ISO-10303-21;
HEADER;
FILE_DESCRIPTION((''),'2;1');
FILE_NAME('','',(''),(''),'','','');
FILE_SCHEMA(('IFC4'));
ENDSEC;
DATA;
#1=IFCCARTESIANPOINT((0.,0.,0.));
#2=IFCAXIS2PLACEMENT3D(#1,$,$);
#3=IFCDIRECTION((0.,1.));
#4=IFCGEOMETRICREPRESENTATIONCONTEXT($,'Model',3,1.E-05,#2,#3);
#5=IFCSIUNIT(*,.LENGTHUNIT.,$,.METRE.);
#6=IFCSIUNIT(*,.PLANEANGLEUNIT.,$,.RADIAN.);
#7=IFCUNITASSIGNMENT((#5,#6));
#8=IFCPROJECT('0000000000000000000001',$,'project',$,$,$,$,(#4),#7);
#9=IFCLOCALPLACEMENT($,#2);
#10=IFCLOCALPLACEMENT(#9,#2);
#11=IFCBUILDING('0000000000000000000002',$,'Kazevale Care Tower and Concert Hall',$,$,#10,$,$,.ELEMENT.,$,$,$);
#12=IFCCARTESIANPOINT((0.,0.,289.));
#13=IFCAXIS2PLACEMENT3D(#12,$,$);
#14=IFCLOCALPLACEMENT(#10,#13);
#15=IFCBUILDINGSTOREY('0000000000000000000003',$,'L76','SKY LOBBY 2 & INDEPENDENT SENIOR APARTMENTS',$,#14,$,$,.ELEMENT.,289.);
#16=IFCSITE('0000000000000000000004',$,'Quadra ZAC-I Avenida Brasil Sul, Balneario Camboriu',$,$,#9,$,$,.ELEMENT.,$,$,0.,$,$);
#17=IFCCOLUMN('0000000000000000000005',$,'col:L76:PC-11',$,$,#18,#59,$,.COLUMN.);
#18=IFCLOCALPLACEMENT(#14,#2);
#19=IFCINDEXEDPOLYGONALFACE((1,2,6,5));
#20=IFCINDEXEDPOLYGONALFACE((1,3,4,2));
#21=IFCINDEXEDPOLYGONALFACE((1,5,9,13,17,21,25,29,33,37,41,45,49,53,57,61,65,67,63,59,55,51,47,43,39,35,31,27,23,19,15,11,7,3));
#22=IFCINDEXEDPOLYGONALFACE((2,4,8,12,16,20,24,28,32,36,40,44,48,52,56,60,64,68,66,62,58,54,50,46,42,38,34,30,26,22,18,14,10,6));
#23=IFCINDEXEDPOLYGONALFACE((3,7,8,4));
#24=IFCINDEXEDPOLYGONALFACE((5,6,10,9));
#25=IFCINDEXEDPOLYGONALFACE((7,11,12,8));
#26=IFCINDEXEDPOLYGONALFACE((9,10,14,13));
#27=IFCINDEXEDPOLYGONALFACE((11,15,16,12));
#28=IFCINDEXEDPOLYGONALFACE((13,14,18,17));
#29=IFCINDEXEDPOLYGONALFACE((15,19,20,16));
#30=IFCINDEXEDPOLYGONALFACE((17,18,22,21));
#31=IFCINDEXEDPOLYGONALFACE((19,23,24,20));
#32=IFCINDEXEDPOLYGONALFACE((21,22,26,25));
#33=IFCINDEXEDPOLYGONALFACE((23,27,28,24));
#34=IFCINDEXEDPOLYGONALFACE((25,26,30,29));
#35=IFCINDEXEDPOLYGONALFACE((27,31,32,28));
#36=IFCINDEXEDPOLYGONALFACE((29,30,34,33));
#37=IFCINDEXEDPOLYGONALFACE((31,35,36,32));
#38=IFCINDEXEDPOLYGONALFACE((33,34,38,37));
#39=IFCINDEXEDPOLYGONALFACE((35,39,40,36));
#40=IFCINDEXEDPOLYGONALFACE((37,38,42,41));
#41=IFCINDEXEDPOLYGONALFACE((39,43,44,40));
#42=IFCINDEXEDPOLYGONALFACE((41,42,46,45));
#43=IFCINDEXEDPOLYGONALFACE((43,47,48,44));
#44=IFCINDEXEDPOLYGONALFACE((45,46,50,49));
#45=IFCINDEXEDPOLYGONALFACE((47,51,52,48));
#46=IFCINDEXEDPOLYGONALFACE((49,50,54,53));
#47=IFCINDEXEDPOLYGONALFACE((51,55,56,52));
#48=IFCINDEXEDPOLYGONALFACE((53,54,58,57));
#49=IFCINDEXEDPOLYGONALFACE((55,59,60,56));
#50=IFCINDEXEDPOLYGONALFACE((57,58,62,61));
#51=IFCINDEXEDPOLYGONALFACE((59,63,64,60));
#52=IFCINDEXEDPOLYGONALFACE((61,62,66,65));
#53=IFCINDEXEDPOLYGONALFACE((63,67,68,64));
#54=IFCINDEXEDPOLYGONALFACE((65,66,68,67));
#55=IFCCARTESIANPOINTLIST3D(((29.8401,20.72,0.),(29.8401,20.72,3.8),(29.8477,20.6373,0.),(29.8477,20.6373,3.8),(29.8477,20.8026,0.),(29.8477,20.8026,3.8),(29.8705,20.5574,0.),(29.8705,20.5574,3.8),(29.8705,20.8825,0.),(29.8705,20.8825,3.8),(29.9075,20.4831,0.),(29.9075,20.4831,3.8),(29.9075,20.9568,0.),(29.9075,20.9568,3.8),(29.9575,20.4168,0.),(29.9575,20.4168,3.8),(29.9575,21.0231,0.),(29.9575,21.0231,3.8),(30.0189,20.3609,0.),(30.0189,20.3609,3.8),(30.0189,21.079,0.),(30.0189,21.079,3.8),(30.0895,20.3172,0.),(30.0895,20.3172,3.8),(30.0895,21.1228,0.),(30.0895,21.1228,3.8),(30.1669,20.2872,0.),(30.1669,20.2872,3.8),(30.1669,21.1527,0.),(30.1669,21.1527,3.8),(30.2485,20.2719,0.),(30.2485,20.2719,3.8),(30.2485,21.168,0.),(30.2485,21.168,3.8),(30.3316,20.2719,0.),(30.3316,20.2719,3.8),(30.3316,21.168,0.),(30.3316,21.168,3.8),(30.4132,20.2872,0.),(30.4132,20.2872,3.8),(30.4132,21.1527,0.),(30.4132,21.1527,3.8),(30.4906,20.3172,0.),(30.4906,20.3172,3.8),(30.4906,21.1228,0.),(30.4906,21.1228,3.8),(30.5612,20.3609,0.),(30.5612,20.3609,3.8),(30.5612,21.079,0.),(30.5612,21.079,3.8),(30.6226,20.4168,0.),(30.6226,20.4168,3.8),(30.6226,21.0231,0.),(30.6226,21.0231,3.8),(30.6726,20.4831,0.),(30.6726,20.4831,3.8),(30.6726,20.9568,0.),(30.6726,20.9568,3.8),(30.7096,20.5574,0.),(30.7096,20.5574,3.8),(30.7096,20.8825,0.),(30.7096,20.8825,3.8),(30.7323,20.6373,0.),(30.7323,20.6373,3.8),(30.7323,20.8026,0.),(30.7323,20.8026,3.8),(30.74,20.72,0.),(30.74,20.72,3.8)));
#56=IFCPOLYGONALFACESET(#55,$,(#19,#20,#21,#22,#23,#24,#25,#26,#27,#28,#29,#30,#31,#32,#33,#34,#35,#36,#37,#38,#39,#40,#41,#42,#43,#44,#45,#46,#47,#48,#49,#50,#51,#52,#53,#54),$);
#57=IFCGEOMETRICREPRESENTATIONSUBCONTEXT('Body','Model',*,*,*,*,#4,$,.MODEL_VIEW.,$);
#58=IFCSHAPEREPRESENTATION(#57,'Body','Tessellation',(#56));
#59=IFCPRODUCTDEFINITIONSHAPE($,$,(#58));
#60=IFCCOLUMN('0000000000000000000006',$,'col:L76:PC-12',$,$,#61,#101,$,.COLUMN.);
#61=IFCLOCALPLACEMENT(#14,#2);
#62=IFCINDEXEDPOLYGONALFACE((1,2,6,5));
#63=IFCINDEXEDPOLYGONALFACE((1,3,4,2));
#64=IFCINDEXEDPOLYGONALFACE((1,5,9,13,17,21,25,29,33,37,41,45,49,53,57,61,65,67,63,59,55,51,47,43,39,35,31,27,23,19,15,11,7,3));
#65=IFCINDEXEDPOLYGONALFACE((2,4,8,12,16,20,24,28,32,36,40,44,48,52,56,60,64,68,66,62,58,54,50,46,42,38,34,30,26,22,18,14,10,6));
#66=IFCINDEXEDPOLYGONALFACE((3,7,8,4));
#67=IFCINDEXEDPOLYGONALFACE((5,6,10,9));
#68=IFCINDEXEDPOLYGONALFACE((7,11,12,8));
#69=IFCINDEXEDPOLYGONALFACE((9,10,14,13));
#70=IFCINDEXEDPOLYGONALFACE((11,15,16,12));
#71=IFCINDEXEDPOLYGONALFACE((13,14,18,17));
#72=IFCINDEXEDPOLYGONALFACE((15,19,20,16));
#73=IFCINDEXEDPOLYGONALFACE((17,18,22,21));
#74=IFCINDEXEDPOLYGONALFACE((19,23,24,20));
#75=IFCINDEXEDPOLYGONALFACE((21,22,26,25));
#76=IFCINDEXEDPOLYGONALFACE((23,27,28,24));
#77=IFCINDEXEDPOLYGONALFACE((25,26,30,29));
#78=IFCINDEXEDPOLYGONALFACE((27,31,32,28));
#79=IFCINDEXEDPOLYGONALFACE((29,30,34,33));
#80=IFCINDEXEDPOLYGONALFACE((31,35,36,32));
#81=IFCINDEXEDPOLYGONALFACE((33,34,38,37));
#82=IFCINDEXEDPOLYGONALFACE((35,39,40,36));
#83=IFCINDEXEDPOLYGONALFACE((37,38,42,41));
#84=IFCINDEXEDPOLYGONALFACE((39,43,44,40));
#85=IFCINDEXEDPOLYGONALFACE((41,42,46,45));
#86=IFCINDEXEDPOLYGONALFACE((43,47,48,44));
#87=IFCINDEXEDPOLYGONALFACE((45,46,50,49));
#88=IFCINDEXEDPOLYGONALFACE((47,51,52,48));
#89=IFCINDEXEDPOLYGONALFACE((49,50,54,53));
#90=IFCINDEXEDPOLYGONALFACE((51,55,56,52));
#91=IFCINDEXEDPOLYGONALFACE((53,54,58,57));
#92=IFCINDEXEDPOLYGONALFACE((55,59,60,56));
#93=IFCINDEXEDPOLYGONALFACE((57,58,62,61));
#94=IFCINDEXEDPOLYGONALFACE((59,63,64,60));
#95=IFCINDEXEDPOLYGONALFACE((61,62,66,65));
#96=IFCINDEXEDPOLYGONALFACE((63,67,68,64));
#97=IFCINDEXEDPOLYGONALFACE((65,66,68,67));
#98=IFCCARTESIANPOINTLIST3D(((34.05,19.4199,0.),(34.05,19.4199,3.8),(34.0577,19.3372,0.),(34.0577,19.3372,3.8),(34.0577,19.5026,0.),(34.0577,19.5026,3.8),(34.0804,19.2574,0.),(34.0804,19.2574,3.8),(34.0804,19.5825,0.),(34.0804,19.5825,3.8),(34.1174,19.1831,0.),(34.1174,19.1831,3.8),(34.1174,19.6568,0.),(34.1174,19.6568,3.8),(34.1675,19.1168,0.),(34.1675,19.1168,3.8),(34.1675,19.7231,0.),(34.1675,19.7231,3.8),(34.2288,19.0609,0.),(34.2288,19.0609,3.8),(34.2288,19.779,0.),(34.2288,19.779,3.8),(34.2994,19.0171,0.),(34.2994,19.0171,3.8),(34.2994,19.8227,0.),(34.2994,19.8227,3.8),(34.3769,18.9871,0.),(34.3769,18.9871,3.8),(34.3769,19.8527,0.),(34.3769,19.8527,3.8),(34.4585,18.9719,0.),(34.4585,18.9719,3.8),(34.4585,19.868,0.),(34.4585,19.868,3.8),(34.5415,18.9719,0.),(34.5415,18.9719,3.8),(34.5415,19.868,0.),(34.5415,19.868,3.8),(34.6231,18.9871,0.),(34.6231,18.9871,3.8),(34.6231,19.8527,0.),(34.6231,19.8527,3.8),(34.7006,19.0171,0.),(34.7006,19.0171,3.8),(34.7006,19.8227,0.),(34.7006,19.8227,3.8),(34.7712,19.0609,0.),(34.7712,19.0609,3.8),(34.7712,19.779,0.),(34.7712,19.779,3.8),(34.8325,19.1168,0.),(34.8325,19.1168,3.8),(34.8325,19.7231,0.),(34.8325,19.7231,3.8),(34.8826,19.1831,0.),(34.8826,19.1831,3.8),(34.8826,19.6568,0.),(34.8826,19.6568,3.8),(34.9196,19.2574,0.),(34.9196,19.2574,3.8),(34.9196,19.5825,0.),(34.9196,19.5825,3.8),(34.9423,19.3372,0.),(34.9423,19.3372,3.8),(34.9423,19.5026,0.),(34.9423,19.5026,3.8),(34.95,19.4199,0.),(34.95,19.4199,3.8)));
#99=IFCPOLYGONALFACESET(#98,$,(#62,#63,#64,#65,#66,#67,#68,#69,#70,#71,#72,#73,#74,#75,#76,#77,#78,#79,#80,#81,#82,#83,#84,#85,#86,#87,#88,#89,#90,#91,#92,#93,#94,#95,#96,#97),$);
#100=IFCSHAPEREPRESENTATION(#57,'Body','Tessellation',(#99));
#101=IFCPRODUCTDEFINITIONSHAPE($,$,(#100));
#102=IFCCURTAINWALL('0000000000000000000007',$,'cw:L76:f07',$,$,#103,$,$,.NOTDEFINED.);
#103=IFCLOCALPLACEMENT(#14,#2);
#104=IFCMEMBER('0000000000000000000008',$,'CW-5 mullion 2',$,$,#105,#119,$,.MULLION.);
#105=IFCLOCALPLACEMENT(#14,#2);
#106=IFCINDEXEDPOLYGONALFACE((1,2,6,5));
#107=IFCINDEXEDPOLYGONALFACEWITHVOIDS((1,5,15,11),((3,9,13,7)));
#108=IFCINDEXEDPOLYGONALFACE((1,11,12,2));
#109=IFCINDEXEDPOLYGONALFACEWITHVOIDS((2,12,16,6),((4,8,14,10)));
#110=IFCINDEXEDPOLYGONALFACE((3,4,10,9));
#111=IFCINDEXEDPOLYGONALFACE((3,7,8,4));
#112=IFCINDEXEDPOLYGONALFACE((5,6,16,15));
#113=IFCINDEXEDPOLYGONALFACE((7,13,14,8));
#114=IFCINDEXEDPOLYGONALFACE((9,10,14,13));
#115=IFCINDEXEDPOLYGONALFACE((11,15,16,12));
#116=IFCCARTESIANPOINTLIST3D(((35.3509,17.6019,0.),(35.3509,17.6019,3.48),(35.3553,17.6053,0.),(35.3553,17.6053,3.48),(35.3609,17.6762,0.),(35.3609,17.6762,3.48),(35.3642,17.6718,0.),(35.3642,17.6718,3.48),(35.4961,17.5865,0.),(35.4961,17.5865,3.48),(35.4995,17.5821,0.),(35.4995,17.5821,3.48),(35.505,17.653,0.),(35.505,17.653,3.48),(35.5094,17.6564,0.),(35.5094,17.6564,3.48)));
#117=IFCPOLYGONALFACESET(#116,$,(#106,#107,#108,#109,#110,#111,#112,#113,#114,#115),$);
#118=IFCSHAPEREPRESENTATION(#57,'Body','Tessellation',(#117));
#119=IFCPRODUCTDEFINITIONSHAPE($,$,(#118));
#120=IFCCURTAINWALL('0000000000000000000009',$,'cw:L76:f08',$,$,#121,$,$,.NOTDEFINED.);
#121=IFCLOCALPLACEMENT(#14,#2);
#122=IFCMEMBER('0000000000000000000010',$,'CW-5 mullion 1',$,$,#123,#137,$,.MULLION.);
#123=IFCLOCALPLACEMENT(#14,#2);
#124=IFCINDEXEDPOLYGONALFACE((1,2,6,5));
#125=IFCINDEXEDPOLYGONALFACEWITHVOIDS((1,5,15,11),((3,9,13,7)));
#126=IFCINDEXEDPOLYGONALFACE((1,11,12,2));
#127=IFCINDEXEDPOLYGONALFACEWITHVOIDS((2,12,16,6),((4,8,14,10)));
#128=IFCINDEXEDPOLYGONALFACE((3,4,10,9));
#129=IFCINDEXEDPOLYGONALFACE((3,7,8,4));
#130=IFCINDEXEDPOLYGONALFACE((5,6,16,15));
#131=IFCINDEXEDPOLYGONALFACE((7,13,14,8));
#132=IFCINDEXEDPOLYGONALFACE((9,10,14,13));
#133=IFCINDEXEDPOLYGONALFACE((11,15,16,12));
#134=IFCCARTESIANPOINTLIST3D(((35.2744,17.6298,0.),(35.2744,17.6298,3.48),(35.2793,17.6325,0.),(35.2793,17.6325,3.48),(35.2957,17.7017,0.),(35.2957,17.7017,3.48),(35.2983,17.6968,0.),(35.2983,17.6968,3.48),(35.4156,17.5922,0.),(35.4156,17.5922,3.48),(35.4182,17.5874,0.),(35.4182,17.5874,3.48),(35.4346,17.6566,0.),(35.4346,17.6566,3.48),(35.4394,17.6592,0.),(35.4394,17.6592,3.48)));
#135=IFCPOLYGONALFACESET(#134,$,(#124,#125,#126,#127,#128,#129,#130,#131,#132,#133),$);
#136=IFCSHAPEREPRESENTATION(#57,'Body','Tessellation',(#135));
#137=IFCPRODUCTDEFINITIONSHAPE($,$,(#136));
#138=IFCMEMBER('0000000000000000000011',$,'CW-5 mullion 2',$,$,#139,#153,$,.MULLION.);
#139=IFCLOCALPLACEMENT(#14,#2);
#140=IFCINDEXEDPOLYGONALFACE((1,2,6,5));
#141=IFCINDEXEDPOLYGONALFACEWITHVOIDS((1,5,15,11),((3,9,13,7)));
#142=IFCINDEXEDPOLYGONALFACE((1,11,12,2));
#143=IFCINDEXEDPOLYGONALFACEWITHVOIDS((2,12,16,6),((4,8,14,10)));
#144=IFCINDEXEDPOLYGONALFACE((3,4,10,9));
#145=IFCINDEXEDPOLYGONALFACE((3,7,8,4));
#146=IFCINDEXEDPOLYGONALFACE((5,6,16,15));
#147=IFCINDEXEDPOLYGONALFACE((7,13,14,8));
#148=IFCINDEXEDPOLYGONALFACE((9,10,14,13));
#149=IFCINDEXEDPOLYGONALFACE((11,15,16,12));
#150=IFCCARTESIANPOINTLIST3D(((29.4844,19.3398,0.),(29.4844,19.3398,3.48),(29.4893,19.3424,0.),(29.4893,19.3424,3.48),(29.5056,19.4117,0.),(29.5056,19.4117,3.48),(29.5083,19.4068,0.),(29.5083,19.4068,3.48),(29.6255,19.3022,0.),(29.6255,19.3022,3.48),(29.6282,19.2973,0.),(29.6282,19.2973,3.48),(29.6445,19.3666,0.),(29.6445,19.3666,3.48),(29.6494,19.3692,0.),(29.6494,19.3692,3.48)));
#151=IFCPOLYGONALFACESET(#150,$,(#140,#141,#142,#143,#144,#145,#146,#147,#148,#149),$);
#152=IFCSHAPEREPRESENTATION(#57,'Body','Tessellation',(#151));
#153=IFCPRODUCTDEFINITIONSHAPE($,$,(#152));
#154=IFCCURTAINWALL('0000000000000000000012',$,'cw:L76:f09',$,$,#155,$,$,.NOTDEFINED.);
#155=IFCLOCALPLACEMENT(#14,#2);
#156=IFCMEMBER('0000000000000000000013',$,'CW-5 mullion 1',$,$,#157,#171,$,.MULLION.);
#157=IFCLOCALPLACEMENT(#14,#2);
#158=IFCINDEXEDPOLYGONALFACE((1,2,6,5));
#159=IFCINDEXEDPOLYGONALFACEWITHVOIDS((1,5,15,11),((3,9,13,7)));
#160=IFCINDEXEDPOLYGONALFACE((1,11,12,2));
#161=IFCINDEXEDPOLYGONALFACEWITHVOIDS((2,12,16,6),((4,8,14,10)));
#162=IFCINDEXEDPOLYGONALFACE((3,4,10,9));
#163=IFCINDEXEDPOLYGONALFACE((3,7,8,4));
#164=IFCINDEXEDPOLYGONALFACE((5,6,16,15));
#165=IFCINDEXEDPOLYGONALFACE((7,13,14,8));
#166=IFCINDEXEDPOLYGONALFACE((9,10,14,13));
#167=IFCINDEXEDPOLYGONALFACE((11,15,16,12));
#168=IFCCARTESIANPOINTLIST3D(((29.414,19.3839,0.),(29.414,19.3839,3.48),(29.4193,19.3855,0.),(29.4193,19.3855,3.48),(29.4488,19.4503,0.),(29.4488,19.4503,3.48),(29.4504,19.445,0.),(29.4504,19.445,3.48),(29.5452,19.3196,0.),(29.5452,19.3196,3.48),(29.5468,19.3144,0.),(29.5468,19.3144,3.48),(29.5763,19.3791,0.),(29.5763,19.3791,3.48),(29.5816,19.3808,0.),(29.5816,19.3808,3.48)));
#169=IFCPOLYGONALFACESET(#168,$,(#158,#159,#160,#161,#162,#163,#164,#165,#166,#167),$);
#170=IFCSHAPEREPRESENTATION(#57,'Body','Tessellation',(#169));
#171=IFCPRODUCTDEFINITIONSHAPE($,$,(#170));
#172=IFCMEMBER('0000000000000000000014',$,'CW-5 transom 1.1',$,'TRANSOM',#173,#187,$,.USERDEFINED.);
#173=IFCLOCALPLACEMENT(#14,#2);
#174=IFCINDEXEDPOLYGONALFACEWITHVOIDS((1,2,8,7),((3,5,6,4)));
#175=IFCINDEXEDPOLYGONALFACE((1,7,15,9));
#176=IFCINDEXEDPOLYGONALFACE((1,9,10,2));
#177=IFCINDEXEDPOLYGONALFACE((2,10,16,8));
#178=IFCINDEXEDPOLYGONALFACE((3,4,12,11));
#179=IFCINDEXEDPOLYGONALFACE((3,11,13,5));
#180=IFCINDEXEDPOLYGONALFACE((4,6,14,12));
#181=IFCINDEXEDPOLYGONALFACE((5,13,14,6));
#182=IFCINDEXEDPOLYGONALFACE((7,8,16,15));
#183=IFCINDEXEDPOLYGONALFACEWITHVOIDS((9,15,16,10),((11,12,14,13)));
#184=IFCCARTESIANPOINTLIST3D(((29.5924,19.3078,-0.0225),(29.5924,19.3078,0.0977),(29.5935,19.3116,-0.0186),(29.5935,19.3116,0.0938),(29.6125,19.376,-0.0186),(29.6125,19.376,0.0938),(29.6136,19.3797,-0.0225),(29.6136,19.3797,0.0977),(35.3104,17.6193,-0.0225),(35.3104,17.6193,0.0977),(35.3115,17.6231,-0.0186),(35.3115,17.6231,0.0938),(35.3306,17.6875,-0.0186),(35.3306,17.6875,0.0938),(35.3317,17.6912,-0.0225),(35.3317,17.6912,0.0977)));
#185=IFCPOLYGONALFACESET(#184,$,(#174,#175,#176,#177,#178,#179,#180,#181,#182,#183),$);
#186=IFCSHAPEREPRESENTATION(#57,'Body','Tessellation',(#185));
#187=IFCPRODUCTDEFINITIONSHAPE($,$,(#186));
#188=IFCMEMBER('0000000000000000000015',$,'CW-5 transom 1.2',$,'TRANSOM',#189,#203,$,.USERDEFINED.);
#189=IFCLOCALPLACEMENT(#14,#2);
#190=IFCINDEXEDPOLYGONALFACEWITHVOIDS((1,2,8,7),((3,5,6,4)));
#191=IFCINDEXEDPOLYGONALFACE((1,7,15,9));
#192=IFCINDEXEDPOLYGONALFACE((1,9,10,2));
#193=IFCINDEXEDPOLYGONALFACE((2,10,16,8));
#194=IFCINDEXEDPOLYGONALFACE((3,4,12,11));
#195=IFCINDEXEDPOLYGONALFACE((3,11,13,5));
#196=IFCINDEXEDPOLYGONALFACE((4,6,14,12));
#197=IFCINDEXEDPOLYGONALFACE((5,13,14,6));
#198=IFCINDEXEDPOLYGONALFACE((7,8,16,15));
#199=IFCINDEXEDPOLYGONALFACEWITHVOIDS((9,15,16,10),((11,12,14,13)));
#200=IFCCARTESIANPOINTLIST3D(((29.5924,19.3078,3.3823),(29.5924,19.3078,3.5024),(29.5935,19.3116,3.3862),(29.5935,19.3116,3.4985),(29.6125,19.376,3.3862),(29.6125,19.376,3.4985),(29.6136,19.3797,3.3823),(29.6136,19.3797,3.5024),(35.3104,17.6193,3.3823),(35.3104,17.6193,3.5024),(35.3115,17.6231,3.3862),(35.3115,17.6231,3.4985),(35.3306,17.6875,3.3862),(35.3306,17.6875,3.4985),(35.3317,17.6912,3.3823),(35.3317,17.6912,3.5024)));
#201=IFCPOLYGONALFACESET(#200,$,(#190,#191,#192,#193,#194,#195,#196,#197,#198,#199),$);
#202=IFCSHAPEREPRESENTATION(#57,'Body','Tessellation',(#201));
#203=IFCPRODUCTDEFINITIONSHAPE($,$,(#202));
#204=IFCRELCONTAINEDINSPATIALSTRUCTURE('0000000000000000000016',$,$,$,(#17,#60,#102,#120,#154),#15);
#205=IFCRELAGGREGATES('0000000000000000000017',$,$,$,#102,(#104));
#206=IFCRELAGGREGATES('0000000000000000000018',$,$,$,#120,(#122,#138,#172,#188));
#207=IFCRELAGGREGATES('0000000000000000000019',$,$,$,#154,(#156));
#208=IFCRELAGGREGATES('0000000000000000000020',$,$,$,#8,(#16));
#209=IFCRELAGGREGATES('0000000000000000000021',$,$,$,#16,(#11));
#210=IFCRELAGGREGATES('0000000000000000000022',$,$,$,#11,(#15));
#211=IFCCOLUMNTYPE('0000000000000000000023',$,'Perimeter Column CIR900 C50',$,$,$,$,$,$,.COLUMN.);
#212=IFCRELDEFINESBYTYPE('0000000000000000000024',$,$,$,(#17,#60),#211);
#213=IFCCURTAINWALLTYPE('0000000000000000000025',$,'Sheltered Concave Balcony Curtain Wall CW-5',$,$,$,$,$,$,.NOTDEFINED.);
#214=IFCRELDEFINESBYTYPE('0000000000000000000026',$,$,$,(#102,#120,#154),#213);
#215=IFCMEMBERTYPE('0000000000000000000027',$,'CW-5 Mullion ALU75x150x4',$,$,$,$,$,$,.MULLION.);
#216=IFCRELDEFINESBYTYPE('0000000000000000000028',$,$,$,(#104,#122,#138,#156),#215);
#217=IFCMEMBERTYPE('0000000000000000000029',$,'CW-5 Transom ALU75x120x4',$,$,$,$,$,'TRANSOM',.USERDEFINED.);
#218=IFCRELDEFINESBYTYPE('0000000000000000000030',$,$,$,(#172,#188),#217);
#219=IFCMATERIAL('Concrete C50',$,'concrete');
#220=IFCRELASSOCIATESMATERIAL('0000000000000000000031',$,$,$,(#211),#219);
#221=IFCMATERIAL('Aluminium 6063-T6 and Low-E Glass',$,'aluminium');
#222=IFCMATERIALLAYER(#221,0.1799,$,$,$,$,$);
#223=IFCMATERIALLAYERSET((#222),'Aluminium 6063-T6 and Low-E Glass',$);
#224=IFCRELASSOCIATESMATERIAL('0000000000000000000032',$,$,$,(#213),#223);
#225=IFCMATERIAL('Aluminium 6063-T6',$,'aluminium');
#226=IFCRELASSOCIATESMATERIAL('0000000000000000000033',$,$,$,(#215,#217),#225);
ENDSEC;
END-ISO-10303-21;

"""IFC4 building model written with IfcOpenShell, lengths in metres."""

from ifc_helpers import new_model, si_unit, direction, frame, origin, origin_2d, place, context, subcontext, project, spatial, hollow_rectangle, circle, extrude, material, layer, layer_set, material_profile, profile_set, type_object, element, aggregate, save


model = new_model("IFC4")

# Units and contexts
model_context = context("Model", 3, precision=1e-05, world=origin(), true_north=direction((0.0, 1.0)))
body_context = subcontext(model_context, "Body", "Model", "MODEL_VIEW")
ifc_project = project(units=[si_unit("LENGTHUNIT", "METRE"), si_unit("PLANEANGLEUNIT", "RADIAN")], contexts=[model_context])

# Site, building, storey
site_placement = place(None, origin())
site = spatial("IfcSite", under=ifc_project, at=site_placement, Name="Quadra ZAC-I Avenida Brasil Sul, Balneario Camboriu", CompositionType="ELEMENT", RefElevation=0.0)
building_placement = place(site_placement, origin())
building = spatial("IfcBuilding", under=site, at=building_placement, Name="Kazevale Care Tower and Concert Hall", CompositionType="ELEMENT")
storey_placement = place(building_placement, frame((0.0, 0.0, 289.0)))
storey = spatial("IfcBuildingStorey", under=building, at=storey_placement, Name="L76", Description="SKY LOBBY 2 & INDEPENDENT SENIOR APARTMENTS", CompositionType="ELEMENT", Elevation=289.0)

# Columns
ifc_material_1 = material(Name="Concrete C50", Category="concrete")
ifc_material_profile_1 = material_profile(ifc_material_1, circle(Radius=0.45, at=origin_2d()), Name="RC-CIR900")
ifc_profile_set_1 = profile_set([ifc_material_profile_1], Name="Concrete C50")
column_type = type_object("IfcColumnType", Name="Perimeter Column CIR900 C50", PredefinedType="COLUMN", material=ifc_profile_set_1)
for number, where, z_axis, x_axis, name in (
    (1, (30.29, 20.72, 0.0), (0.0, 0.0, 1.0), (1.0, 0.0, 0.0), "col:L76:PC-11"),
    (2, (34.5, 19.4199, 0.0), (0.0, 0.0, 1.0), (1.0, 0.0, 0.0), "col:L76:PC-12"),
):
    element("IfcColumn", number, at=place(storey_placement, frame(where, z_axis=z_axis, x_axis=x_axis)), inside=storey, type_object=column_type, Name=name, PredefinedType="COLUMN", context=body_context, shape_type="SweptSolid", body=[
        extrude(circle(Radius=0.45, at=origin_2d()), origin(), (0.0, 0.0, 1.0), 3.8),
    ])

# Curtain wall, member
ifc_material_2 = material(Name="Aluminium 6063-T6 and Low-E Glass", Category="aluminium")
ifc_layer_1 = layer(ifc_material_2, 0.1799)
ifc_layer_set_1 = layer_set([ifc_layer_1], Name="Aluminium 6063-T6 and Low-E Glass")
curtain_wall_type = type_object("IfcCurtainWallType", Name="Sheltered Concave Balcony Curtain Wall CW-5", PredefinedType="NOTDEFINED", material=ifc_layer_set_1)
curtain_wall_1_placement = place(storey_placement, origin())
curtain_wall_1 = element("IfcCurtainWall", 3, at=curtain_wall_1_placement, inside=storey, type_object=curtain_wall_type, Name="cw:L76:f07", PredefinedType="NOTDEFINED")
ifc_material_3 = material(Name="Aluminium 6063-T6", Category="aluminium")
ifc_material_profile_2 = material_profile(ifc_material_3, hollow_rectangle(XDim=0.075, YDim=0.1499, WallThickness=0.0039, at=origin_2d()), Name="ALU75x150x4")
ifc_profile_set_2 = profile_set([ifc_material_profile_2], Name="Aluminium 6063-T6")
member_type_1 = type_object("IfcMemberType", Name="CW-5 Mullion ALU75x150x4", PredefinedType="MULLION", material=ifc_profile_set_2)
member_1_placement = place(storey_placement, frame((35.4302, 17.6292, 0.0), z_axis=(0.0, 0.0, 1.0), x_axis=(-0.132542, -0.991177, 0.0)))
member_1 = element("IfcMember", 4, at=member_1_placement, type_object=member_type_1, Name="CW-5 mullion 2", PredefinedType="MULLION", context=body_context, shape_type="SweptSolid", body=[
    extrude(hollow_rectangle(XDim=0.075, YDim=0.1499, WallThickness=0.0039, at=origin_2d()), origin(), (0.0, 0.0, 1.0), 3.48),
])
aggregate(curtain_wall_1, [member_1])

# Curtain wall, members
curtain_wall_2_placement = place(storey_placement, origin())
curtain_wall_2 = element("IfcCurtainWall", 5, at=curtain_wall_2_placement, inside=storey, type_object=curtain_wall_type, Name="cw:L76:f08", PredefinedType="NOTDEFINED")
member_2_placement = place(storey_placement, frame((35.3569, 17.6445, 0.0), z_axis=(0.0, 0.0, 1.0), x_axis=(-0.283203, -0.95906, 0.0)))
member_2 = element("IfcMember", 6, at=member_2_placement, type_object=member_type_1, Name="CW-5 mullion 1", PredefinedType="MULLION", context=body_context, shape_type="SweptSolid", body=[
    extrude(hollow_rectangle(XDim=0.075, YDim=0.1499, WallThickness=0.0039, at=origin_2d()), origin(), (0.0, 0.0, 1.0), 3.48),
])
member_3_placement = place(storey_placement, frame((29.5669, 19.3545, 0.0), z_axis=(0.0, 0.0, 1.0), x_axis=(-0.283203, -0.95906, 0.0)))
member_3 = element("IfcMember", 7, at=member_3_placement, type_object=member_type_1, Name="CW-5 mullion 2", PredefinedType="MULLION", context=body_context, shape_type="SweptSolid", body=[
    extrude(hollow_rectangle(XDim=0.075, YDim=0.1499, WallThickness=0.0039, at=origin_2d()), origin(), (0.0, 0.0, 1.0), 3.48),
])

# Curtain wall, member
curtain_wall_3_placement = place(storey_placement, origin())
curtain_wall_3 = element("IfcCurtainWall", 8, at=curtain_wall_3_placement, inside=storey, type_object=curtain_wall_type, Name="cw:L76:f09", PredefinedType="NOTDEFINED")
member_4_placement = place(storey_placement, frame((29.4978, 19.3823, 0.0), z_axis=(0.0, 0.0, 1.0), x_axis=(-0.463681, -0.886002, 0.0)))
member_4 = element("IfcMember", 9, at=member_4_placement, type_object=member_type_1, Name="CW-5 mullion 1", PredefinedType="MULLION", context=body_context, shape_type="SweptSolid", body=[
    extrude(hollow_rectangle(XDim=0.075, YDim=0.1499, WallThickness=0.0039, at=origin_2d()), origin(), (0.0, 0.0, 1.0), 3.48),
])

# Members
ifc_material_profile_3 = material_profile(ifc_material_3, hollow_rectangle(XDim=0.075, YDim=0.1201, WallThickness=0.0039, at=origin_2d()), Name="ALU75x120x4")
ifc_profile_set_3 = profile_set([ifc_material_profile_3], Name="Aluminium 6063-T6")
member_type_2 = type_object("IfcMemberType", Name="CW-5 Transom ALU75x120x4", ElementType="TRANSOM", PredefinedType="USERDEFINED", material=ifc_profile_set_3)
member_5_placement = place(storey_placement, frame((35.321, 17.6553, 0.0376), z_axis=(-0.95906, 0.283201, 0.0), x_axis=(-0.283201, -0.95906, 0.0)))
member_5 = element("IfcMember", 10, at=member_5_placement, type_object=member_type_2, Name="CW-5 transom 1.1", ObjectType="TRANSOM", PredefinedType="USERDEFINED", context=body_context, shape_type="SweptSolid", body=[
    extrude(hollow_rectangle(XDim=0.075, YDim=0.1201, WallThickness=0.0039, at=origin_2d()), origin(), (0.0, 0.0, 1.0), 5.9622),
])
member_6_placement = place(storey_placement, frame((35.321, 17.6553, 3.4424), z_axis=(-0.95906, 0.283201, 0.0), x_axis=(-0.283201, -0.95906, 0.0)))
member_6 = element("IfcMember", 11, at=member_6_placement, type_object=member_type_2, Name="CW-5 transom 1.2", ObjectType="TRANSOM", PredefinedType="USERDEFINED", context=body_context, shape_type="SweptSolid", body=[
    extrude(hollow_rectangle(XDim=0.075, YDim=0.1201, WallThickness=0.0039, at=origin_2d()), origin(), (0.0, 0.0, 1.0), 5.9622),
])

aggregate(curtain_wall_2, [member_2, member_3, member_5, member_6])
aggregate(curtain_wall_3, [member_4])

save(model, "model.ifc")
